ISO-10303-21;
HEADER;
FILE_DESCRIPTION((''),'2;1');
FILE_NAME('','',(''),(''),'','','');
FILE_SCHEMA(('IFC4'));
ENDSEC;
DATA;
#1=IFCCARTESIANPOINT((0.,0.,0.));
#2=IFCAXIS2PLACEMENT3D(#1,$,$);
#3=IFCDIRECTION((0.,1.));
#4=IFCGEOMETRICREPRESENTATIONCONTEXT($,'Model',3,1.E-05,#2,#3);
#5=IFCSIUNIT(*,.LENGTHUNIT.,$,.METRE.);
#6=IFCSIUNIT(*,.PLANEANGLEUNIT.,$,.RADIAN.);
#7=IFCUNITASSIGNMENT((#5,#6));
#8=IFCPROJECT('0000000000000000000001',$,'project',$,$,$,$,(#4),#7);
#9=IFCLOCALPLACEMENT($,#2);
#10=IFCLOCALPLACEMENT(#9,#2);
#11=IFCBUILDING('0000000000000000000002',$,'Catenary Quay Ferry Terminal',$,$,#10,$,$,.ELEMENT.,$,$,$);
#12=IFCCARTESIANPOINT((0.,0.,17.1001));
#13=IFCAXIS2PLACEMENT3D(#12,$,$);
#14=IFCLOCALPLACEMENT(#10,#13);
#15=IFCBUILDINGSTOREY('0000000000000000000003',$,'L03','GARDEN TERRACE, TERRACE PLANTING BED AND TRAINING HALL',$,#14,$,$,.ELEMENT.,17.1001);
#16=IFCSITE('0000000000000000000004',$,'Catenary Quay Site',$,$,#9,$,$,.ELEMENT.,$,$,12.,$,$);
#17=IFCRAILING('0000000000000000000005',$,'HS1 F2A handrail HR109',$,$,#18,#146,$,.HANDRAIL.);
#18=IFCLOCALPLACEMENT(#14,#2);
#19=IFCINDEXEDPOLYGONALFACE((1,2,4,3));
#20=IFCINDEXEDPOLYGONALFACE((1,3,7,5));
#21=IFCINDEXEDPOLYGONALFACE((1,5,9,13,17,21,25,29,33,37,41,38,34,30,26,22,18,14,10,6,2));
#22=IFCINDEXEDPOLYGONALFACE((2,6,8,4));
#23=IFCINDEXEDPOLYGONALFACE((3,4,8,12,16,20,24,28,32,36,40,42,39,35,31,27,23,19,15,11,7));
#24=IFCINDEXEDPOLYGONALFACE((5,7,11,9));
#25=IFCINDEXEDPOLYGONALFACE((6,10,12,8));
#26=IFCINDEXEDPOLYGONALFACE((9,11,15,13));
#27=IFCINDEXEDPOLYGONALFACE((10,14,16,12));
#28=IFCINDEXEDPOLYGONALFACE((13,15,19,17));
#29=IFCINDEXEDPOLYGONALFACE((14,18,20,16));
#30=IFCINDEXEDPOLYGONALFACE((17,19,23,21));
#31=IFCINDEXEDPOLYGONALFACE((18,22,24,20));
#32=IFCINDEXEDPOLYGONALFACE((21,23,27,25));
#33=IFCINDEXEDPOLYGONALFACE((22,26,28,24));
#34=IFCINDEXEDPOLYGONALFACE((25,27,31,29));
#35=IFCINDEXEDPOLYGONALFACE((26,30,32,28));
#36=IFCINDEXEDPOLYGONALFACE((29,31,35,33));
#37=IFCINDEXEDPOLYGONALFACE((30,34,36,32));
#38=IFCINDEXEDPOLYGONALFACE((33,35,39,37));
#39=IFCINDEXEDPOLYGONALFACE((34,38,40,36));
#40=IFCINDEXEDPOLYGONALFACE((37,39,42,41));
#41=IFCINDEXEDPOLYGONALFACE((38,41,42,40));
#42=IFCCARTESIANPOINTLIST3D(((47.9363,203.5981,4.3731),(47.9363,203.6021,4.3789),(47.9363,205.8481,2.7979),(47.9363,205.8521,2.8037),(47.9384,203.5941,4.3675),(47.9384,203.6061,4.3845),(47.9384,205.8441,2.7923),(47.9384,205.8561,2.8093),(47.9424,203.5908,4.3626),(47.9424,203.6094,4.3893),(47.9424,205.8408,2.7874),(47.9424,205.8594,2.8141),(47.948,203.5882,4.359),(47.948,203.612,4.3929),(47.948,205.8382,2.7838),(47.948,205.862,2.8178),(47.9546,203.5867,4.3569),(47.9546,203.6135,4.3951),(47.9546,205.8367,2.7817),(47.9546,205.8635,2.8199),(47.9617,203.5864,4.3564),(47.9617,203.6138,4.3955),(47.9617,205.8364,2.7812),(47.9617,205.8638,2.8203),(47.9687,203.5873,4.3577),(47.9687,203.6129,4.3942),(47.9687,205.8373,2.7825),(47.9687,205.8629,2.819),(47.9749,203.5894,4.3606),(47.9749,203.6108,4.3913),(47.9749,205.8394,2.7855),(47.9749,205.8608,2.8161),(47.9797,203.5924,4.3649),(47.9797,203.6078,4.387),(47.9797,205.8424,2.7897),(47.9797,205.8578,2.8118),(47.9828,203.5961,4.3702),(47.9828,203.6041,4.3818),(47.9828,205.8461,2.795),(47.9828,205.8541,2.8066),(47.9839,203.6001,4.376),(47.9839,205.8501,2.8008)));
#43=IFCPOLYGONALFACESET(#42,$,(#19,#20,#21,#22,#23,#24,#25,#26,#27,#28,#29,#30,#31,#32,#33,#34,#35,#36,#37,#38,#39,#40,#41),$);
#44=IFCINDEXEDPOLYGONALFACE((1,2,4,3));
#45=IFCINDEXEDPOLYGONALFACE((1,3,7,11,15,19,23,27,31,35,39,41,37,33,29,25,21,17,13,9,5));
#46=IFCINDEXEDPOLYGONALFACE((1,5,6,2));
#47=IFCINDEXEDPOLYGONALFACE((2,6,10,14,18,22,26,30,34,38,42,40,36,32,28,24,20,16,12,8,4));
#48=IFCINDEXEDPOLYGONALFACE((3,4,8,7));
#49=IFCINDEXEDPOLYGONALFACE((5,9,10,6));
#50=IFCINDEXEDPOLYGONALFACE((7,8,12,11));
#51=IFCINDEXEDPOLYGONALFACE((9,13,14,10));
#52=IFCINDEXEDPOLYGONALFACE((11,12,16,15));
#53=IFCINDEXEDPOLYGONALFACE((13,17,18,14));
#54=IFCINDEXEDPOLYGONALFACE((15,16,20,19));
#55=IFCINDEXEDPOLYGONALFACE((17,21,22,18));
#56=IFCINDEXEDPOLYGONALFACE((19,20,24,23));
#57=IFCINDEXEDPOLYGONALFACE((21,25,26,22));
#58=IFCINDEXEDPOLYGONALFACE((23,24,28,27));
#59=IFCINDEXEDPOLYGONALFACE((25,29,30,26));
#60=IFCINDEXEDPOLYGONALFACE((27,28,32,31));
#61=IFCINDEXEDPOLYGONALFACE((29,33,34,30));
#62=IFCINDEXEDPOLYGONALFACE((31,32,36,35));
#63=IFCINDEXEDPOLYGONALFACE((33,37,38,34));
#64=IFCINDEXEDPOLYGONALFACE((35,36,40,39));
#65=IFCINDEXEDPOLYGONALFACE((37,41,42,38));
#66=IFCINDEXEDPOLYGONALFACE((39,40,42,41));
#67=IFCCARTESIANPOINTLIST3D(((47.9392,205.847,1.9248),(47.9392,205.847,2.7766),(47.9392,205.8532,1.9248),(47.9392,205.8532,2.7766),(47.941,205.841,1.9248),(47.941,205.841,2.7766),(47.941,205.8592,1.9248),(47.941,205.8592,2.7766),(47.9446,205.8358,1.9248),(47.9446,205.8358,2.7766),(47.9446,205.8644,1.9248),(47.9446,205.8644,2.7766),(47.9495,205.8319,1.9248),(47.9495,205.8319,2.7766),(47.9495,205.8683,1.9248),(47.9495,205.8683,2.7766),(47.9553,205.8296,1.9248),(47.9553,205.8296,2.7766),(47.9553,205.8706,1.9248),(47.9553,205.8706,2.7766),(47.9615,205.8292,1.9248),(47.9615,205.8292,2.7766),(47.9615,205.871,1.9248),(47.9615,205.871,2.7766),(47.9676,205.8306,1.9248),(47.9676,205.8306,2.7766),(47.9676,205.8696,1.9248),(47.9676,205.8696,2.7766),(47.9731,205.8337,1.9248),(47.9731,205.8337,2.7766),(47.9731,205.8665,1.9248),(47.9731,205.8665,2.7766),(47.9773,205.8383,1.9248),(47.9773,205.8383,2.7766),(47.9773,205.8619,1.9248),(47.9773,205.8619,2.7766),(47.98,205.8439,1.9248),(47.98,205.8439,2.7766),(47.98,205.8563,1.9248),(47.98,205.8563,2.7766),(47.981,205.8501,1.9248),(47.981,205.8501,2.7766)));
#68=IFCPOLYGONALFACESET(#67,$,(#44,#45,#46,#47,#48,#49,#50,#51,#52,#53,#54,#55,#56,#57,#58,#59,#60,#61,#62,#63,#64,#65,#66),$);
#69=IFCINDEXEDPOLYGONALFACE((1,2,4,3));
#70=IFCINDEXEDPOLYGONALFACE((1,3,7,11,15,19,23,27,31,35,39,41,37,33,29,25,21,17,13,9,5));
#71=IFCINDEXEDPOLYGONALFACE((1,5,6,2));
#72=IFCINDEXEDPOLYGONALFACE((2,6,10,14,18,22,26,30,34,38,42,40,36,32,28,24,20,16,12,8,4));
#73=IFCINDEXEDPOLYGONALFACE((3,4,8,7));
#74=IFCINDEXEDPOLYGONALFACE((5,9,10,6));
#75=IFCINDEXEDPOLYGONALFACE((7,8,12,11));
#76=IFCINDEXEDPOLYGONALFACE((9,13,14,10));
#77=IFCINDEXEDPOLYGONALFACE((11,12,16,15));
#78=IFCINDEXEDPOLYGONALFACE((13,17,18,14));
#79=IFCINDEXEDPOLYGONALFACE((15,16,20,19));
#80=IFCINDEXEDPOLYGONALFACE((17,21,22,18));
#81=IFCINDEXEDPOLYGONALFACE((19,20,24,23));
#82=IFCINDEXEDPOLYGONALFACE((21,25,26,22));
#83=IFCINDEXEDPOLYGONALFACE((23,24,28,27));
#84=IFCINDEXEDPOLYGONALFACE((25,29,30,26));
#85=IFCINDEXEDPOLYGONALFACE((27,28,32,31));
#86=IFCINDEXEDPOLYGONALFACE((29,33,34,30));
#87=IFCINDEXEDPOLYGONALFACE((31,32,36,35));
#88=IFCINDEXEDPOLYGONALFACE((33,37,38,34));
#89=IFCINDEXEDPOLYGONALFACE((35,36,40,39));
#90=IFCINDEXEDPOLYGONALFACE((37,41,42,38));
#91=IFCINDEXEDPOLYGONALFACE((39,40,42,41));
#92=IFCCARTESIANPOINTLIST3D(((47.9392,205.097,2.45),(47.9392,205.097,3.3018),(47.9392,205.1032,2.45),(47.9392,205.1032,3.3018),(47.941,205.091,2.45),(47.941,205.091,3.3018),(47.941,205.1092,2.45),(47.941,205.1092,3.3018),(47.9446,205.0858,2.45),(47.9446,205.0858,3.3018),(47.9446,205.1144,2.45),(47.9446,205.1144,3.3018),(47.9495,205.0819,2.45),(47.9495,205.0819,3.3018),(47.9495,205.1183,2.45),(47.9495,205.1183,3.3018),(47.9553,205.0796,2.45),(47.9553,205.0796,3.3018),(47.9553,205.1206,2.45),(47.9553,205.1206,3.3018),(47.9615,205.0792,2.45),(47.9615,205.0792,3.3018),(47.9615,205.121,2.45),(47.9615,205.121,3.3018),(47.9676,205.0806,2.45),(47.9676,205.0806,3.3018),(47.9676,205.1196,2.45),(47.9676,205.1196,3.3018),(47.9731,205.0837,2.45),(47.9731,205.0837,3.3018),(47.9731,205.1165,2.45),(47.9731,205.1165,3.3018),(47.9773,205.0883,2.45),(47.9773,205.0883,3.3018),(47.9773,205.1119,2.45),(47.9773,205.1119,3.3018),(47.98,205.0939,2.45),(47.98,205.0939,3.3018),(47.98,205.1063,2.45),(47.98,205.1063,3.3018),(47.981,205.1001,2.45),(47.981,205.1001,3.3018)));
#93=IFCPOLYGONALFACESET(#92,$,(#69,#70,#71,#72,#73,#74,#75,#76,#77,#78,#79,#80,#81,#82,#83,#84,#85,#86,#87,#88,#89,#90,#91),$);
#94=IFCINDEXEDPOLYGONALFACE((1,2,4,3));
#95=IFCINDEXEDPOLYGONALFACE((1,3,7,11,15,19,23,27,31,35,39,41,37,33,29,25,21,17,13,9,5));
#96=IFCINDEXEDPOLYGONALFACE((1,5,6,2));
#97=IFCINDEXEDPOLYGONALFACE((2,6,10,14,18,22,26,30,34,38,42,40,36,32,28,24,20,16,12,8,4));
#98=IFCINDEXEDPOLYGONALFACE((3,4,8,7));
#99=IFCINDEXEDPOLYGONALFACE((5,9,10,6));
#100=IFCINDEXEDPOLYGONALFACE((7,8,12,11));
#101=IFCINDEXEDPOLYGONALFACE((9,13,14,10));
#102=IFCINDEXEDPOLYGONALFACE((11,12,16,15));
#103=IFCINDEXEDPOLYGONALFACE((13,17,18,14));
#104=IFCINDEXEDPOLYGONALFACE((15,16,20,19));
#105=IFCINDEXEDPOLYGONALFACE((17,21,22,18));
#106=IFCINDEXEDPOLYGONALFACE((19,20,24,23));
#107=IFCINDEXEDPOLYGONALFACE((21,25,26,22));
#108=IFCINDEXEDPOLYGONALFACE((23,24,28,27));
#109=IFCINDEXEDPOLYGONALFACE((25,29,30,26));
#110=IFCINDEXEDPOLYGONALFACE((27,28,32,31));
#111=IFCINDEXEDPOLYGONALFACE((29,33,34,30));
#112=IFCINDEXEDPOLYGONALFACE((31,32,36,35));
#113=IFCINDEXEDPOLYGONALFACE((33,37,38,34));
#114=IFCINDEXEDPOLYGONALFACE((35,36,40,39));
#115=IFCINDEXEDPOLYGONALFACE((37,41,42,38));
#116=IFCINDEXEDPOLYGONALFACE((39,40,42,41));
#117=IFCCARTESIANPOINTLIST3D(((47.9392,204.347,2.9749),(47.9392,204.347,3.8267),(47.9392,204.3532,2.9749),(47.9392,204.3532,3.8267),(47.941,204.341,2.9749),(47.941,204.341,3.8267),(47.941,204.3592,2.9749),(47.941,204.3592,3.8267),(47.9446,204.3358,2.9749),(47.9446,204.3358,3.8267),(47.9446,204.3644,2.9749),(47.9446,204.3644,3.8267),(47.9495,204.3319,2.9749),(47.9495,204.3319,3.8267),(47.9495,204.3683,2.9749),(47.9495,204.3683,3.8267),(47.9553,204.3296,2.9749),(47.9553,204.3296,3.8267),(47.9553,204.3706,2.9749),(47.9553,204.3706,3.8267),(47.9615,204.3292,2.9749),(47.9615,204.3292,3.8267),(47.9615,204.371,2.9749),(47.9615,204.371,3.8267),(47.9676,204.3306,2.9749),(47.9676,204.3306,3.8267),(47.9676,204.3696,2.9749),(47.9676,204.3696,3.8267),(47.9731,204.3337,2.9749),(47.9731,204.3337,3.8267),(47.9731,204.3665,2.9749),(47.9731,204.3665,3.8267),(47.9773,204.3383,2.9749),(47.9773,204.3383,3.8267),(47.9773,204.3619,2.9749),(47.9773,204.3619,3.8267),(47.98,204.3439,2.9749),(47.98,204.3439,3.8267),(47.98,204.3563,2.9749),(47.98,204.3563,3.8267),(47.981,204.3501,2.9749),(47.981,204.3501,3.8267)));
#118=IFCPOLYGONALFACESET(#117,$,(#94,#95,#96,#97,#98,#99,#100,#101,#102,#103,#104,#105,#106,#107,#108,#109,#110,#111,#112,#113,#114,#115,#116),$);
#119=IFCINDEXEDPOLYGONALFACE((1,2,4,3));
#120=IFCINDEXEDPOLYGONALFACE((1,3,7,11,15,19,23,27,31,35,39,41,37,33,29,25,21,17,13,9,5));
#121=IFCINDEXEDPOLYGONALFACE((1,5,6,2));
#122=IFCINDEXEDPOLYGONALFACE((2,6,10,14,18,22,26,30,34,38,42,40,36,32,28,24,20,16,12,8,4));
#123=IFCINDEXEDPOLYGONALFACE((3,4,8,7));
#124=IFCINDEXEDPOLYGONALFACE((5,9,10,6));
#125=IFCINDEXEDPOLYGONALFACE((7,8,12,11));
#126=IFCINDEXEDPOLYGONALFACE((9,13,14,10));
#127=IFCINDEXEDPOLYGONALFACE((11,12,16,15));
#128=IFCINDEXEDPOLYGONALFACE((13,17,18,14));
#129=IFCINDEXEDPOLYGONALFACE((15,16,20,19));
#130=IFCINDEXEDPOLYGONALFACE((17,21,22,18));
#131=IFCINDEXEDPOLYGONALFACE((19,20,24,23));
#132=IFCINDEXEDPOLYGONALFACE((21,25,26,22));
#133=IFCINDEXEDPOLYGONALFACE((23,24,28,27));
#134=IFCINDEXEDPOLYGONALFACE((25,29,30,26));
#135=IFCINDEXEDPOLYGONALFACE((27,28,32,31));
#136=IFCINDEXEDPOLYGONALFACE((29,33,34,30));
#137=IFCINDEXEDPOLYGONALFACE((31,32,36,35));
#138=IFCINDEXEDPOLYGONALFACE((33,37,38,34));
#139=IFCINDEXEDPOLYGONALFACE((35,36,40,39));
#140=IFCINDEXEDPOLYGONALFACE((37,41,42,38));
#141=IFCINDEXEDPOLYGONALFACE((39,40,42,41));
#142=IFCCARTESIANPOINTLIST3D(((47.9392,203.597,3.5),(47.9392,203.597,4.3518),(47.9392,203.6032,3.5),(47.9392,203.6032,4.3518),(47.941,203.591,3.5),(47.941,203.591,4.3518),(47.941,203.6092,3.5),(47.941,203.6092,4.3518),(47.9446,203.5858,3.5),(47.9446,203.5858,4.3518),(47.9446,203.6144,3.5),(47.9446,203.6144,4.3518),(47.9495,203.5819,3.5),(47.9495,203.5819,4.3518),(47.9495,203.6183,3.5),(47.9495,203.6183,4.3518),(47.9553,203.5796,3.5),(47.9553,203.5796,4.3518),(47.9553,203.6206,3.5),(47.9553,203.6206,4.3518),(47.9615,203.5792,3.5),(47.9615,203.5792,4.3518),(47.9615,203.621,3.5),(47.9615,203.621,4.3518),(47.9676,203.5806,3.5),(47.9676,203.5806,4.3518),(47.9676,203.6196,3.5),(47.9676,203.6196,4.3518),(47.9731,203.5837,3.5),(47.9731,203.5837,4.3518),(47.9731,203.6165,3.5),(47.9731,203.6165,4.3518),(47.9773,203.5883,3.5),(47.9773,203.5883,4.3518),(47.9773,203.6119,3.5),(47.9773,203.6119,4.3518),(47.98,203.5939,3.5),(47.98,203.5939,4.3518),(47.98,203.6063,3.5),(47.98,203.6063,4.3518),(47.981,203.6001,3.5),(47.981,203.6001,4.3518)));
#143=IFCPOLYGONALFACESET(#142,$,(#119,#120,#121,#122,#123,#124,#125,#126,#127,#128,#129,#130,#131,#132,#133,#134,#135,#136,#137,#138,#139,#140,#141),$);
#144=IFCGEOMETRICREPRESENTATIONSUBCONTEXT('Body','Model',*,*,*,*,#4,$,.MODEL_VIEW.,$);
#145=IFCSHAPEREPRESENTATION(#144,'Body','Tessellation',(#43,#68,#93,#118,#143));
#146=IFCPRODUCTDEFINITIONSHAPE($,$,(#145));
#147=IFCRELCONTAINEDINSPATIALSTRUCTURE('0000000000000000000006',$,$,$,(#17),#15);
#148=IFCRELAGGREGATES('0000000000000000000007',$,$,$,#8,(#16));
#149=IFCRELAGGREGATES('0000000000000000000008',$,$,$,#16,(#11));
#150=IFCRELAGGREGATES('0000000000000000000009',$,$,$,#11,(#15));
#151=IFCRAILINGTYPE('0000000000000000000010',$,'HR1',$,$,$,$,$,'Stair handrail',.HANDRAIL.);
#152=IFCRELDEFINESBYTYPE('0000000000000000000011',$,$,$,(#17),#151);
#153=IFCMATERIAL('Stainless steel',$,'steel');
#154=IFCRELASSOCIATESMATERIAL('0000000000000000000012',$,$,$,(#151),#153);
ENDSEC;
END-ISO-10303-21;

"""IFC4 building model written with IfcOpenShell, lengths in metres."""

from ifc_helpers import new_model, si_unit, direction, frame, origin, origin_2d, place, context, subcontext, project, spatial, circle, extrude, material, type_object, element, save


model = new_model("IFC4")

# Units and contexts
model_context = context("Model", 3, precision=1e-05, world=origin(), true_north=direction((0.0, 1.0)))
body_context = subcontext(model_context, "Body", "Model", "MODEL_VIEW")
ifc_project = project(units=[si_unit("LENGTHUNIT", "METRE"), si_unit("PLANEANGLEUNIT", "RADIAN")], contexts=[model_context])

# Site, building, storey
site_placement = place(None, origin())
site = spatial("IfcSite", under=ifc_project, at=site_placement, Name="Catenary Quay Site", CompositionType="ELEMENT", RefElevation=12.0)
building_placement = place(site_placement, origin())
building = spatial("IfcBuilding", under=site, at=building_placement, Name="Catenary Quay Ferry Terminal", CompositionType="ELEMENT")
storey_placement = place(building_placement, frame((0.0, 0.0, 17.1001)))
storey = spatial("IfcBuildingStorey", under=building, at=storey_placement, Name="L03", Description="GARDEN TERRACE, TERRACE PLANTING BED AND TRAINING HALL", CompositionType="ELEMENT", Elevation=17.1001)

# Railing
ifc_material_1 = material(Name="Stainless steel", Category="steel")
railing_type_1 = type_object("IfcRailingType", Name="HR1", ElementType="Stair handrail", PredefinedType="HANDRAIL", material=ifc_material_1)
for number, where, name in (
    (1, (47.96, 205.8501, 1.9248), "HS1 F2A handrail HR109"),
):
    element("IfcRailing", number, at=place(storey_placement, frame(where)), inside=storey, type_object=railing_type_1, Name=name, PredefinedType="HANDRAIL", context=body_context, shape_type="SweptSolid", body=[
        extrude(circle(Radius=0.0239, at=origin_2d()), frame((0.0, 0.0, 0.876), z_axis=(0.0, -0.819199, 0.57351), x_axis=(1.0, 0.0, 0.0)), (0.0, 0.0, 1.0), 2.7466),
        extrude(circle(Radius=0.021, at=origin_2d()), origin(), (0.0, 0.0, 1.0), 0.8518),
        extrude(circle(Radius=0.021, at=origin_2d()), frame((0.0, -0.75, 0.5251)), (0.0, 0.0, 1.0), 0.8518),
        extrude(circle(Radius=0.021, at=origin_2d()), frame((0.0, -1.5, 1.05)), (0.0, 0.0, 1.0), 0.8518),
        extrude(circle(Radius=0.021, at=origin_2d()), frame((0.0, -2.25, 1.5752)), (0.0, 0.0, 1.0), 0.8518),
    ])

save(model, "model.ifc")
